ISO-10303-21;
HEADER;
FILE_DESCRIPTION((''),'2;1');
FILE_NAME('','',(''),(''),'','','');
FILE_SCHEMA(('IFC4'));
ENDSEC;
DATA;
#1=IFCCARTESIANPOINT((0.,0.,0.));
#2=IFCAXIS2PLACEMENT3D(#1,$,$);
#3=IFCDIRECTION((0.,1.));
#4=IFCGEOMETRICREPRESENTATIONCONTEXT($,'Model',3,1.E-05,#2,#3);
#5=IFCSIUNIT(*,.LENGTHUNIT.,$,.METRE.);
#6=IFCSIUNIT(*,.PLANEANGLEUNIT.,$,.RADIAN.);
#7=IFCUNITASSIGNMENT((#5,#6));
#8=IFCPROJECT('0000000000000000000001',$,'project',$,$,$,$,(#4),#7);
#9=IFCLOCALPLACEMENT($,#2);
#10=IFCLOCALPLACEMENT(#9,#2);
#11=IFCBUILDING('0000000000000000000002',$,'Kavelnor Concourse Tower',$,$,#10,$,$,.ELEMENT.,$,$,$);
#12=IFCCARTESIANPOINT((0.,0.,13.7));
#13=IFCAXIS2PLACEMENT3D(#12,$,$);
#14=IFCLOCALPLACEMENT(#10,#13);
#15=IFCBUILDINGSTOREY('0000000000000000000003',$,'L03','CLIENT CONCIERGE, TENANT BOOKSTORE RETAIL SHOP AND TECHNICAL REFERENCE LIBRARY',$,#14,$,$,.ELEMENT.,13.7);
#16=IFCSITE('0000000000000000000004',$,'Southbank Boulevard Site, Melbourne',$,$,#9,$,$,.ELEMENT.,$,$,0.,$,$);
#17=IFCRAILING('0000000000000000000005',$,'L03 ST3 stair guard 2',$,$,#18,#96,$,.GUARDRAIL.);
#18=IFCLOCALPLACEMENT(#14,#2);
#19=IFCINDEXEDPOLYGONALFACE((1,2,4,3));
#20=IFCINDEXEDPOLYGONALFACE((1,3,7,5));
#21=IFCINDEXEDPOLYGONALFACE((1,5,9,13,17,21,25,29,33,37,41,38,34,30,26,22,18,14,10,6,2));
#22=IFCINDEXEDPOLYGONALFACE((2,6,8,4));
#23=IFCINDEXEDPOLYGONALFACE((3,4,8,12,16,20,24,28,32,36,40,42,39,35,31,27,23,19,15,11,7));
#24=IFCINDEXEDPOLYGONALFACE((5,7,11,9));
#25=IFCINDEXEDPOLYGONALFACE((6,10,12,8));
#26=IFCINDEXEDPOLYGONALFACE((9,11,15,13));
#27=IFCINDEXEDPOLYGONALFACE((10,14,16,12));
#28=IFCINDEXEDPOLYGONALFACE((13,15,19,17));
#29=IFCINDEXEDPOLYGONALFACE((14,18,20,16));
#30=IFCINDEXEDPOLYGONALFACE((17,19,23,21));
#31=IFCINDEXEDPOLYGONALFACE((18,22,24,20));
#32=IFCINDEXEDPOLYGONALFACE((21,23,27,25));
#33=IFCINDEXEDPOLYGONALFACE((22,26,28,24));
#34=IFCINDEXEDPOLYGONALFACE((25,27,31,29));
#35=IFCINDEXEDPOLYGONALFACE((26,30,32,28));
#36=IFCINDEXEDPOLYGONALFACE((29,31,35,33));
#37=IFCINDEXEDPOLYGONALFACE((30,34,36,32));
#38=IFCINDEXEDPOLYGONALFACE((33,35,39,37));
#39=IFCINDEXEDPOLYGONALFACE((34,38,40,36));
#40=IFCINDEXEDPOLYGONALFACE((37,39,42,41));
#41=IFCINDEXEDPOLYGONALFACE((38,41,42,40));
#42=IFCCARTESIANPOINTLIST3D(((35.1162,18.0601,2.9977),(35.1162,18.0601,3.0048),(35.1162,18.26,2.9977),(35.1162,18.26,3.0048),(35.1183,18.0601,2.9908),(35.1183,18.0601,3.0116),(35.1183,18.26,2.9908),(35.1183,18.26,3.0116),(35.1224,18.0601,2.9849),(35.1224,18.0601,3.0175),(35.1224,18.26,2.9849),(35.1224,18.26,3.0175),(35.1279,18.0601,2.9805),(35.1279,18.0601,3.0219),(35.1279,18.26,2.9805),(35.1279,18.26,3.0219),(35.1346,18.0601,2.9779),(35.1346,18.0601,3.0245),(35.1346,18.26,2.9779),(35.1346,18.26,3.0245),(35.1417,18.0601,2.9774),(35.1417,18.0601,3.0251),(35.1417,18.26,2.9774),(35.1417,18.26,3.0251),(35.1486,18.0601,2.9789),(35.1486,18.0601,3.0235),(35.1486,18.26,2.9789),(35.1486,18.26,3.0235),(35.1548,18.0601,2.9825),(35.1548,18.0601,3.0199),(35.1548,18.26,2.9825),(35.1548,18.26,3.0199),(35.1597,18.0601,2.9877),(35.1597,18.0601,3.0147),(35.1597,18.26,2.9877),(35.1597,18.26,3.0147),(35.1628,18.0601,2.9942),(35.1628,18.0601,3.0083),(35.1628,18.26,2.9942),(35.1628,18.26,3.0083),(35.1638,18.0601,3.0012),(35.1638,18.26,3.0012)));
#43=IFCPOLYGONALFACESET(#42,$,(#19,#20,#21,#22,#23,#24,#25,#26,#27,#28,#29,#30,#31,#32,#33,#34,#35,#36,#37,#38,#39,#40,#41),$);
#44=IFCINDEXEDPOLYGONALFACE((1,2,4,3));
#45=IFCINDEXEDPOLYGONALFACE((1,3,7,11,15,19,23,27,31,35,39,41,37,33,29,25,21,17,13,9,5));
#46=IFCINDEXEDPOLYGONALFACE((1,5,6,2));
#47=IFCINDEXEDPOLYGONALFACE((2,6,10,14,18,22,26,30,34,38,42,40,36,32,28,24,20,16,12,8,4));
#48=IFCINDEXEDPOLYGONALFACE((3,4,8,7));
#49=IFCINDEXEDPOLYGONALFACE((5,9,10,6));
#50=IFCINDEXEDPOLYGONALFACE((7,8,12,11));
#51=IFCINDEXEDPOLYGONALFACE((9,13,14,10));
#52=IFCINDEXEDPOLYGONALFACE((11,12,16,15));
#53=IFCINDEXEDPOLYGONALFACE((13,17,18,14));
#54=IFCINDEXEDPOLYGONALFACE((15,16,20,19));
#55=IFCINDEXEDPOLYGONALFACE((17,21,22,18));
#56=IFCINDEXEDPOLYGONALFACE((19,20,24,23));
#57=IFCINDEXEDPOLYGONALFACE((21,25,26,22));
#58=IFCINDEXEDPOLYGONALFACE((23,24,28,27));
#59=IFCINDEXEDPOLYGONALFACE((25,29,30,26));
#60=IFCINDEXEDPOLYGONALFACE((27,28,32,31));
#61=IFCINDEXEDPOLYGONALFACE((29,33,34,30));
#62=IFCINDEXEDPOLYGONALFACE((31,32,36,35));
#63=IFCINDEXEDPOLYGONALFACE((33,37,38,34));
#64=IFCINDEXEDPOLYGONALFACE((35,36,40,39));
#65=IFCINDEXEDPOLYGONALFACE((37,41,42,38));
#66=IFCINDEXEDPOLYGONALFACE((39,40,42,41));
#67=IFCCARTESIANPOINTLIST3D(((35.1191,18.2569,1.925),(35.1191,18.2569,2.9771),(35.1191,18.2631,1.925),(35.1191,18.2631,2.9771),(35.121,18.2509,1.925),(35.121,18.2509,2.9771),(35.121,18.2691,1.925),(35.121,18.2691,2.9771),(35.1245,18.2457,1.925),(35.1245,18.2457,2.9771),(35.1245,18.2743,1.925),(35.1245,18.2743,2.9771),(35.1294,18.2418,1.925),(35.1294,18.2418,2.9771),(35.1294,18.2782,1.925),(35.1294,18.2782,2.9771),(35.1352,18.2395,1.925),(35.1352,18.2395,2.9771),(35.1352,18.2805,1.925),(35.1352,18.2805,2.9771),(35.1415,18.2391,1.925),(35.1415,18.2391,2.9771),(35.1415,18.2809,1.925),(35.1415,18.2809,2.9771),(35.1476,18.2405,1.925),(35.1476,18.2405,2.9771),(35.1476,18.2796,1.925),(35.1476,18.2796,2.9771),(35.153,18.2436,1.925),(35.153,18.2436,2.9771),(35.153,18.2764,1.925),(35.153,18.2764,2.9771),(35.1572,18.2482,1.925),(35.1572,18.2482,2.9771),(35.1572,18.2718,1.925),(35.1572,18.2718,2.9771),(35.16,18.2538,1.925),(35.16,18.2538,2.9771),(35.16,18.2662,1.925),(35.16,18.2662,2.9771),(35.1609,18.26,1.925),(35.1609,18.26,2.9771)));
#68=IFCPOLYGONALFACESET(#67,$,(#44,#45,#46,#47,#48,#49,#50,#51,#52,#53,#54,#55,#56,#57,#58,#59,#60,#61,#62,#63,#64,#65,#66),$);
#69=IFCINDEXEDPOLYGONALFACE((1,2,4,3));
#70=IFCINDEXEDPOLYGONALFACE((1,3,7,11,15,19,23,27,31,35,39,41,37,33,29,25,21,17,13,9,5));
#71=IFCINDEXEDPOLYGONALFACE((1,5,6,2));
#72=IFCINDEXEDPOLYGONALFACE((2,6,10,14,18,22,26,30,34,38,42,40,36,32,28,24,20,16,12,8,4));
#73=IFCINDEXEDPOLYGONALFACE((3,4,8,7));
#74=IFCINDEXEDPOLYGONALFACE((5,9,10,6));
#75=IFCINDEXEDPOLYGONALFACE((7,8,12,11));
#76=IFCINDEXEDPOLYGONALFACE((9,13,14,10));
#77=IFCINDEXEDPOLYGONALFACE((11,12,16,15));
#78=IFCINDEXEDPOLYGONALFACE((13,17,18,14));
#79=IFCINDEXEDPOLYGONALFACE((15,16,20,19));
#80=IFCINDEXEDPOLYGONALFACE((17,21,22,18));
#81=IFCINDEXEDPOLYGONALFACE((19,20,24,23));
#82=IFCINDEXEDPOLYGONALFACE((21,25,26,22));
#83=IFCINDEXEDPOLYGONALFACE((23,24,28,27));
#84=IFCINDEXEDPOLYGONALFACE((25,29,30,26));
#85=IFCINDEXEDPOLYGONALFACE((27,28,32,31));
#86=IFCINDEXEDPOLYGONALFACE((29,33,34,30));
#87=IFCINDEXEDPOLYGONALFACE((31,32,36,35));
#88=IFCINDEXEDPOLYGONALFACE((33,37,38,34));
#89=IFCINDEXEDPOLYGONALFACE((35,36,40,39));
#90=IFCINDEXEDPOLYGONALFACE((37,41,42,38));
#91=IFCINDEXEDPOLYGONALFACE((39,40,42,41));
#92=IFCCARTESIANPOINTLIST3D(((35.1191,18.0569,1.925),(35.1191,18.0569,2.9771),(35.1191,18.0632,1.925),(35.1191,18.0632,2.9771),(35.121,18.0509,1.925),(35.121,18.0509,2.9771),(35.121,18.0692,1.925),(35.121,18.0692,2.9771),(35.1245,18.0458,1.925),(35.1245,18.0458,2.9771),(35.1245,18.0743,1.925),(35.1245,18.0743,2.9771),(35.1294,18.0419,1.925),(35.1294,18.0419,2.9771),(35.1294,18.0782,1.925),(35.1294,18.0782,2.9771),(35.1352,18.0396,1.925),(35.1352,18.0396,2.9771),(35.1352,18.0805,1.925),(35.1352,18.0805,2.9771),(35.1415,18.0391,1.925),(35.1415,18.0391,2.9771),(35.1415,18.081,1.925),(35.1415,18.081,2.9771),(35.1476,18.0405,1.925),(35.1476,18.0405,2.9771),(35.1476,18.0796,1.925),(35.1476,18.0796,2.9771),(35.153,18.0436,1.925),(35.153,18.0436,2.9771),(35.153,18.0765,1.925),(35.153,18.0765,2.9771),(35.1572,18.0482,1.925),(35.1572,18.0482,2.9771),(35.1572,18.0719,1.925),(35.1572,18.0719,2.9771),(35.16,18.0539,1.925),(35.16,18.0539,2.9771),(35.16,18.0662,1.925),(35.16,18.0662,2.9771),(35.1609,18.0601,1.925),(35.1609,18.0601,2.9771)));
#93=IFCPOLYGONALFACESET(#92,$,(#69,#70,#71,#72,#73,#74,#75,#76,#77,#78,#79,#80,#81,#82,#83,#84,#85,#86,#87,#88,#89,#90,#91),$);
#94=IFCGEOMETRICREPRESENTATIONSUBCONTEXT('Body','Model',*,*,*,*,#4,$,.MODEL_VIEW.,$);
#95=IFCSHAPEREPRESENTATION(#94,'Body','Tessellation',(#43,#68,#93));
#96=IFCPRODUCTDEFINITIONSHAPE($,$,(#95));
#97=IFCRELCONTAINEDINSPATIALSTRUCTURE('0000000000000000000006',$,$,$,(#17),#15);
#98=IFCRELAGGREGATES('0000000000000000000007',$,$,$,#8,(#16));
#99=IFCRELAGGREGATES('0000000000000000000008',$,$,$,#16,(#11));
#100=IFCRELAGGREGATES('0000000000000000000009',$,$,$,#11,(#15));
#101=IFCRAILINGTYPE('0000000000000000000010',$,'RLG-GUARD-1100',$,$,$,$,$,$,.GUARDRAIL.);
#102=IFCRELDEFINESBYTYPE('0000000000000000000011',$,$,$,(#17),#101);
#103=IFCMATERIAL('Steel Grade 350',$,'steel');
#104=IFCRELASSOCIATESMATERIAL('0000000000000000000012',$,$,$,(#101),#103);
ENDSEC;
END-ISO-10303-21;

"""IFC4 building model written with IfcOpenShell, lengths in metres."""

from ifc_helpers import new_model, si_unit, direction, frame, origin, origin_2d, place, context, subcontext, project, spatial, circle, extrude, material, type_object, element, save


model = new_model("IFC4")

# Units and contexts
model_context = context("Model", 3, precision=1e-05, world=origin(), true_north=direction((0.0, 1.0)))
body_context = subcontext(model_context, "Body", "Model", "MODEL_VIEW")
ifc_project = project(units=[si_unit("LENGTHUNIT", "METRE"), si_unit("PLANEANGLEUNIT", "RADIAN")], contexts=[model_context])

# Site, building, storey
site_placement = place(None, origin())
site = spatial("IfcSite", under=ifc_project, at=site_placement, Name="Southbank Boulevard Site, Melbourne", CompositionType="ELEMENT", RefElevation=0.0)
building_placement = place(site_placement, origin())
building = spatial("IfcBuilding", under=site, at=building_placement, Name="Kavelnor Concourse Tower", CompositionType="ELEMENT")
storey_placement = place(building_placement, frame((0.0, 0.0, 13.7)))
storey = spatial("IfcBuildingStorey", under=building, at=storey_placement, Name="L03", Description="CLIENT CONCIERGE, TENANT BOOKSTORE RETAIL SHOP AND TECHNICAL REFERENCE LIBRARY", CompositionType="ELEMENT", Elevation=13.7)

# Shared definitions
ifc_material_1 = material(Name="Steel Grade 350", Category="steel")

# Railing
railing_type = type_object("IfcRailingType", Name="RLG-GUARD-1100", PredefinedType="GUARDRAIL", material=ifc_material_1)
railing_1_placement = place(storey_placement, frame((35.1399, 18.26, 1.925)))
element("IfcRailing", 1, at=railing_1_placement, inside=storey, type_object=railing_type, Name="L03 ST3 stair guard 2", PredefinedType="GUARDRAIL", context=body_context, shape_type="SweptSolid", body=[
    extrude(circle(Radius=0.0239, at=origin_2d()), frame((0.0, 0.0, 1.0762), z_axis=(0.0, -1.0, 0.0), x_axis=(1.0, 0.0, 0.0)), (0.0, 0.0, 1.0), 0.2),
    extrude(circle(Radius=0.021, at=origin_2d()), origin(), (0.0, 0.0, 1.0), 1.052),
    extrude(circle(Radius=0.021, at=origin_2d()), frame((0.0, -0.2, 0.0)), (0.0, 0.0, 1.0), 1.052),
])

save(model, "model.ifc")
